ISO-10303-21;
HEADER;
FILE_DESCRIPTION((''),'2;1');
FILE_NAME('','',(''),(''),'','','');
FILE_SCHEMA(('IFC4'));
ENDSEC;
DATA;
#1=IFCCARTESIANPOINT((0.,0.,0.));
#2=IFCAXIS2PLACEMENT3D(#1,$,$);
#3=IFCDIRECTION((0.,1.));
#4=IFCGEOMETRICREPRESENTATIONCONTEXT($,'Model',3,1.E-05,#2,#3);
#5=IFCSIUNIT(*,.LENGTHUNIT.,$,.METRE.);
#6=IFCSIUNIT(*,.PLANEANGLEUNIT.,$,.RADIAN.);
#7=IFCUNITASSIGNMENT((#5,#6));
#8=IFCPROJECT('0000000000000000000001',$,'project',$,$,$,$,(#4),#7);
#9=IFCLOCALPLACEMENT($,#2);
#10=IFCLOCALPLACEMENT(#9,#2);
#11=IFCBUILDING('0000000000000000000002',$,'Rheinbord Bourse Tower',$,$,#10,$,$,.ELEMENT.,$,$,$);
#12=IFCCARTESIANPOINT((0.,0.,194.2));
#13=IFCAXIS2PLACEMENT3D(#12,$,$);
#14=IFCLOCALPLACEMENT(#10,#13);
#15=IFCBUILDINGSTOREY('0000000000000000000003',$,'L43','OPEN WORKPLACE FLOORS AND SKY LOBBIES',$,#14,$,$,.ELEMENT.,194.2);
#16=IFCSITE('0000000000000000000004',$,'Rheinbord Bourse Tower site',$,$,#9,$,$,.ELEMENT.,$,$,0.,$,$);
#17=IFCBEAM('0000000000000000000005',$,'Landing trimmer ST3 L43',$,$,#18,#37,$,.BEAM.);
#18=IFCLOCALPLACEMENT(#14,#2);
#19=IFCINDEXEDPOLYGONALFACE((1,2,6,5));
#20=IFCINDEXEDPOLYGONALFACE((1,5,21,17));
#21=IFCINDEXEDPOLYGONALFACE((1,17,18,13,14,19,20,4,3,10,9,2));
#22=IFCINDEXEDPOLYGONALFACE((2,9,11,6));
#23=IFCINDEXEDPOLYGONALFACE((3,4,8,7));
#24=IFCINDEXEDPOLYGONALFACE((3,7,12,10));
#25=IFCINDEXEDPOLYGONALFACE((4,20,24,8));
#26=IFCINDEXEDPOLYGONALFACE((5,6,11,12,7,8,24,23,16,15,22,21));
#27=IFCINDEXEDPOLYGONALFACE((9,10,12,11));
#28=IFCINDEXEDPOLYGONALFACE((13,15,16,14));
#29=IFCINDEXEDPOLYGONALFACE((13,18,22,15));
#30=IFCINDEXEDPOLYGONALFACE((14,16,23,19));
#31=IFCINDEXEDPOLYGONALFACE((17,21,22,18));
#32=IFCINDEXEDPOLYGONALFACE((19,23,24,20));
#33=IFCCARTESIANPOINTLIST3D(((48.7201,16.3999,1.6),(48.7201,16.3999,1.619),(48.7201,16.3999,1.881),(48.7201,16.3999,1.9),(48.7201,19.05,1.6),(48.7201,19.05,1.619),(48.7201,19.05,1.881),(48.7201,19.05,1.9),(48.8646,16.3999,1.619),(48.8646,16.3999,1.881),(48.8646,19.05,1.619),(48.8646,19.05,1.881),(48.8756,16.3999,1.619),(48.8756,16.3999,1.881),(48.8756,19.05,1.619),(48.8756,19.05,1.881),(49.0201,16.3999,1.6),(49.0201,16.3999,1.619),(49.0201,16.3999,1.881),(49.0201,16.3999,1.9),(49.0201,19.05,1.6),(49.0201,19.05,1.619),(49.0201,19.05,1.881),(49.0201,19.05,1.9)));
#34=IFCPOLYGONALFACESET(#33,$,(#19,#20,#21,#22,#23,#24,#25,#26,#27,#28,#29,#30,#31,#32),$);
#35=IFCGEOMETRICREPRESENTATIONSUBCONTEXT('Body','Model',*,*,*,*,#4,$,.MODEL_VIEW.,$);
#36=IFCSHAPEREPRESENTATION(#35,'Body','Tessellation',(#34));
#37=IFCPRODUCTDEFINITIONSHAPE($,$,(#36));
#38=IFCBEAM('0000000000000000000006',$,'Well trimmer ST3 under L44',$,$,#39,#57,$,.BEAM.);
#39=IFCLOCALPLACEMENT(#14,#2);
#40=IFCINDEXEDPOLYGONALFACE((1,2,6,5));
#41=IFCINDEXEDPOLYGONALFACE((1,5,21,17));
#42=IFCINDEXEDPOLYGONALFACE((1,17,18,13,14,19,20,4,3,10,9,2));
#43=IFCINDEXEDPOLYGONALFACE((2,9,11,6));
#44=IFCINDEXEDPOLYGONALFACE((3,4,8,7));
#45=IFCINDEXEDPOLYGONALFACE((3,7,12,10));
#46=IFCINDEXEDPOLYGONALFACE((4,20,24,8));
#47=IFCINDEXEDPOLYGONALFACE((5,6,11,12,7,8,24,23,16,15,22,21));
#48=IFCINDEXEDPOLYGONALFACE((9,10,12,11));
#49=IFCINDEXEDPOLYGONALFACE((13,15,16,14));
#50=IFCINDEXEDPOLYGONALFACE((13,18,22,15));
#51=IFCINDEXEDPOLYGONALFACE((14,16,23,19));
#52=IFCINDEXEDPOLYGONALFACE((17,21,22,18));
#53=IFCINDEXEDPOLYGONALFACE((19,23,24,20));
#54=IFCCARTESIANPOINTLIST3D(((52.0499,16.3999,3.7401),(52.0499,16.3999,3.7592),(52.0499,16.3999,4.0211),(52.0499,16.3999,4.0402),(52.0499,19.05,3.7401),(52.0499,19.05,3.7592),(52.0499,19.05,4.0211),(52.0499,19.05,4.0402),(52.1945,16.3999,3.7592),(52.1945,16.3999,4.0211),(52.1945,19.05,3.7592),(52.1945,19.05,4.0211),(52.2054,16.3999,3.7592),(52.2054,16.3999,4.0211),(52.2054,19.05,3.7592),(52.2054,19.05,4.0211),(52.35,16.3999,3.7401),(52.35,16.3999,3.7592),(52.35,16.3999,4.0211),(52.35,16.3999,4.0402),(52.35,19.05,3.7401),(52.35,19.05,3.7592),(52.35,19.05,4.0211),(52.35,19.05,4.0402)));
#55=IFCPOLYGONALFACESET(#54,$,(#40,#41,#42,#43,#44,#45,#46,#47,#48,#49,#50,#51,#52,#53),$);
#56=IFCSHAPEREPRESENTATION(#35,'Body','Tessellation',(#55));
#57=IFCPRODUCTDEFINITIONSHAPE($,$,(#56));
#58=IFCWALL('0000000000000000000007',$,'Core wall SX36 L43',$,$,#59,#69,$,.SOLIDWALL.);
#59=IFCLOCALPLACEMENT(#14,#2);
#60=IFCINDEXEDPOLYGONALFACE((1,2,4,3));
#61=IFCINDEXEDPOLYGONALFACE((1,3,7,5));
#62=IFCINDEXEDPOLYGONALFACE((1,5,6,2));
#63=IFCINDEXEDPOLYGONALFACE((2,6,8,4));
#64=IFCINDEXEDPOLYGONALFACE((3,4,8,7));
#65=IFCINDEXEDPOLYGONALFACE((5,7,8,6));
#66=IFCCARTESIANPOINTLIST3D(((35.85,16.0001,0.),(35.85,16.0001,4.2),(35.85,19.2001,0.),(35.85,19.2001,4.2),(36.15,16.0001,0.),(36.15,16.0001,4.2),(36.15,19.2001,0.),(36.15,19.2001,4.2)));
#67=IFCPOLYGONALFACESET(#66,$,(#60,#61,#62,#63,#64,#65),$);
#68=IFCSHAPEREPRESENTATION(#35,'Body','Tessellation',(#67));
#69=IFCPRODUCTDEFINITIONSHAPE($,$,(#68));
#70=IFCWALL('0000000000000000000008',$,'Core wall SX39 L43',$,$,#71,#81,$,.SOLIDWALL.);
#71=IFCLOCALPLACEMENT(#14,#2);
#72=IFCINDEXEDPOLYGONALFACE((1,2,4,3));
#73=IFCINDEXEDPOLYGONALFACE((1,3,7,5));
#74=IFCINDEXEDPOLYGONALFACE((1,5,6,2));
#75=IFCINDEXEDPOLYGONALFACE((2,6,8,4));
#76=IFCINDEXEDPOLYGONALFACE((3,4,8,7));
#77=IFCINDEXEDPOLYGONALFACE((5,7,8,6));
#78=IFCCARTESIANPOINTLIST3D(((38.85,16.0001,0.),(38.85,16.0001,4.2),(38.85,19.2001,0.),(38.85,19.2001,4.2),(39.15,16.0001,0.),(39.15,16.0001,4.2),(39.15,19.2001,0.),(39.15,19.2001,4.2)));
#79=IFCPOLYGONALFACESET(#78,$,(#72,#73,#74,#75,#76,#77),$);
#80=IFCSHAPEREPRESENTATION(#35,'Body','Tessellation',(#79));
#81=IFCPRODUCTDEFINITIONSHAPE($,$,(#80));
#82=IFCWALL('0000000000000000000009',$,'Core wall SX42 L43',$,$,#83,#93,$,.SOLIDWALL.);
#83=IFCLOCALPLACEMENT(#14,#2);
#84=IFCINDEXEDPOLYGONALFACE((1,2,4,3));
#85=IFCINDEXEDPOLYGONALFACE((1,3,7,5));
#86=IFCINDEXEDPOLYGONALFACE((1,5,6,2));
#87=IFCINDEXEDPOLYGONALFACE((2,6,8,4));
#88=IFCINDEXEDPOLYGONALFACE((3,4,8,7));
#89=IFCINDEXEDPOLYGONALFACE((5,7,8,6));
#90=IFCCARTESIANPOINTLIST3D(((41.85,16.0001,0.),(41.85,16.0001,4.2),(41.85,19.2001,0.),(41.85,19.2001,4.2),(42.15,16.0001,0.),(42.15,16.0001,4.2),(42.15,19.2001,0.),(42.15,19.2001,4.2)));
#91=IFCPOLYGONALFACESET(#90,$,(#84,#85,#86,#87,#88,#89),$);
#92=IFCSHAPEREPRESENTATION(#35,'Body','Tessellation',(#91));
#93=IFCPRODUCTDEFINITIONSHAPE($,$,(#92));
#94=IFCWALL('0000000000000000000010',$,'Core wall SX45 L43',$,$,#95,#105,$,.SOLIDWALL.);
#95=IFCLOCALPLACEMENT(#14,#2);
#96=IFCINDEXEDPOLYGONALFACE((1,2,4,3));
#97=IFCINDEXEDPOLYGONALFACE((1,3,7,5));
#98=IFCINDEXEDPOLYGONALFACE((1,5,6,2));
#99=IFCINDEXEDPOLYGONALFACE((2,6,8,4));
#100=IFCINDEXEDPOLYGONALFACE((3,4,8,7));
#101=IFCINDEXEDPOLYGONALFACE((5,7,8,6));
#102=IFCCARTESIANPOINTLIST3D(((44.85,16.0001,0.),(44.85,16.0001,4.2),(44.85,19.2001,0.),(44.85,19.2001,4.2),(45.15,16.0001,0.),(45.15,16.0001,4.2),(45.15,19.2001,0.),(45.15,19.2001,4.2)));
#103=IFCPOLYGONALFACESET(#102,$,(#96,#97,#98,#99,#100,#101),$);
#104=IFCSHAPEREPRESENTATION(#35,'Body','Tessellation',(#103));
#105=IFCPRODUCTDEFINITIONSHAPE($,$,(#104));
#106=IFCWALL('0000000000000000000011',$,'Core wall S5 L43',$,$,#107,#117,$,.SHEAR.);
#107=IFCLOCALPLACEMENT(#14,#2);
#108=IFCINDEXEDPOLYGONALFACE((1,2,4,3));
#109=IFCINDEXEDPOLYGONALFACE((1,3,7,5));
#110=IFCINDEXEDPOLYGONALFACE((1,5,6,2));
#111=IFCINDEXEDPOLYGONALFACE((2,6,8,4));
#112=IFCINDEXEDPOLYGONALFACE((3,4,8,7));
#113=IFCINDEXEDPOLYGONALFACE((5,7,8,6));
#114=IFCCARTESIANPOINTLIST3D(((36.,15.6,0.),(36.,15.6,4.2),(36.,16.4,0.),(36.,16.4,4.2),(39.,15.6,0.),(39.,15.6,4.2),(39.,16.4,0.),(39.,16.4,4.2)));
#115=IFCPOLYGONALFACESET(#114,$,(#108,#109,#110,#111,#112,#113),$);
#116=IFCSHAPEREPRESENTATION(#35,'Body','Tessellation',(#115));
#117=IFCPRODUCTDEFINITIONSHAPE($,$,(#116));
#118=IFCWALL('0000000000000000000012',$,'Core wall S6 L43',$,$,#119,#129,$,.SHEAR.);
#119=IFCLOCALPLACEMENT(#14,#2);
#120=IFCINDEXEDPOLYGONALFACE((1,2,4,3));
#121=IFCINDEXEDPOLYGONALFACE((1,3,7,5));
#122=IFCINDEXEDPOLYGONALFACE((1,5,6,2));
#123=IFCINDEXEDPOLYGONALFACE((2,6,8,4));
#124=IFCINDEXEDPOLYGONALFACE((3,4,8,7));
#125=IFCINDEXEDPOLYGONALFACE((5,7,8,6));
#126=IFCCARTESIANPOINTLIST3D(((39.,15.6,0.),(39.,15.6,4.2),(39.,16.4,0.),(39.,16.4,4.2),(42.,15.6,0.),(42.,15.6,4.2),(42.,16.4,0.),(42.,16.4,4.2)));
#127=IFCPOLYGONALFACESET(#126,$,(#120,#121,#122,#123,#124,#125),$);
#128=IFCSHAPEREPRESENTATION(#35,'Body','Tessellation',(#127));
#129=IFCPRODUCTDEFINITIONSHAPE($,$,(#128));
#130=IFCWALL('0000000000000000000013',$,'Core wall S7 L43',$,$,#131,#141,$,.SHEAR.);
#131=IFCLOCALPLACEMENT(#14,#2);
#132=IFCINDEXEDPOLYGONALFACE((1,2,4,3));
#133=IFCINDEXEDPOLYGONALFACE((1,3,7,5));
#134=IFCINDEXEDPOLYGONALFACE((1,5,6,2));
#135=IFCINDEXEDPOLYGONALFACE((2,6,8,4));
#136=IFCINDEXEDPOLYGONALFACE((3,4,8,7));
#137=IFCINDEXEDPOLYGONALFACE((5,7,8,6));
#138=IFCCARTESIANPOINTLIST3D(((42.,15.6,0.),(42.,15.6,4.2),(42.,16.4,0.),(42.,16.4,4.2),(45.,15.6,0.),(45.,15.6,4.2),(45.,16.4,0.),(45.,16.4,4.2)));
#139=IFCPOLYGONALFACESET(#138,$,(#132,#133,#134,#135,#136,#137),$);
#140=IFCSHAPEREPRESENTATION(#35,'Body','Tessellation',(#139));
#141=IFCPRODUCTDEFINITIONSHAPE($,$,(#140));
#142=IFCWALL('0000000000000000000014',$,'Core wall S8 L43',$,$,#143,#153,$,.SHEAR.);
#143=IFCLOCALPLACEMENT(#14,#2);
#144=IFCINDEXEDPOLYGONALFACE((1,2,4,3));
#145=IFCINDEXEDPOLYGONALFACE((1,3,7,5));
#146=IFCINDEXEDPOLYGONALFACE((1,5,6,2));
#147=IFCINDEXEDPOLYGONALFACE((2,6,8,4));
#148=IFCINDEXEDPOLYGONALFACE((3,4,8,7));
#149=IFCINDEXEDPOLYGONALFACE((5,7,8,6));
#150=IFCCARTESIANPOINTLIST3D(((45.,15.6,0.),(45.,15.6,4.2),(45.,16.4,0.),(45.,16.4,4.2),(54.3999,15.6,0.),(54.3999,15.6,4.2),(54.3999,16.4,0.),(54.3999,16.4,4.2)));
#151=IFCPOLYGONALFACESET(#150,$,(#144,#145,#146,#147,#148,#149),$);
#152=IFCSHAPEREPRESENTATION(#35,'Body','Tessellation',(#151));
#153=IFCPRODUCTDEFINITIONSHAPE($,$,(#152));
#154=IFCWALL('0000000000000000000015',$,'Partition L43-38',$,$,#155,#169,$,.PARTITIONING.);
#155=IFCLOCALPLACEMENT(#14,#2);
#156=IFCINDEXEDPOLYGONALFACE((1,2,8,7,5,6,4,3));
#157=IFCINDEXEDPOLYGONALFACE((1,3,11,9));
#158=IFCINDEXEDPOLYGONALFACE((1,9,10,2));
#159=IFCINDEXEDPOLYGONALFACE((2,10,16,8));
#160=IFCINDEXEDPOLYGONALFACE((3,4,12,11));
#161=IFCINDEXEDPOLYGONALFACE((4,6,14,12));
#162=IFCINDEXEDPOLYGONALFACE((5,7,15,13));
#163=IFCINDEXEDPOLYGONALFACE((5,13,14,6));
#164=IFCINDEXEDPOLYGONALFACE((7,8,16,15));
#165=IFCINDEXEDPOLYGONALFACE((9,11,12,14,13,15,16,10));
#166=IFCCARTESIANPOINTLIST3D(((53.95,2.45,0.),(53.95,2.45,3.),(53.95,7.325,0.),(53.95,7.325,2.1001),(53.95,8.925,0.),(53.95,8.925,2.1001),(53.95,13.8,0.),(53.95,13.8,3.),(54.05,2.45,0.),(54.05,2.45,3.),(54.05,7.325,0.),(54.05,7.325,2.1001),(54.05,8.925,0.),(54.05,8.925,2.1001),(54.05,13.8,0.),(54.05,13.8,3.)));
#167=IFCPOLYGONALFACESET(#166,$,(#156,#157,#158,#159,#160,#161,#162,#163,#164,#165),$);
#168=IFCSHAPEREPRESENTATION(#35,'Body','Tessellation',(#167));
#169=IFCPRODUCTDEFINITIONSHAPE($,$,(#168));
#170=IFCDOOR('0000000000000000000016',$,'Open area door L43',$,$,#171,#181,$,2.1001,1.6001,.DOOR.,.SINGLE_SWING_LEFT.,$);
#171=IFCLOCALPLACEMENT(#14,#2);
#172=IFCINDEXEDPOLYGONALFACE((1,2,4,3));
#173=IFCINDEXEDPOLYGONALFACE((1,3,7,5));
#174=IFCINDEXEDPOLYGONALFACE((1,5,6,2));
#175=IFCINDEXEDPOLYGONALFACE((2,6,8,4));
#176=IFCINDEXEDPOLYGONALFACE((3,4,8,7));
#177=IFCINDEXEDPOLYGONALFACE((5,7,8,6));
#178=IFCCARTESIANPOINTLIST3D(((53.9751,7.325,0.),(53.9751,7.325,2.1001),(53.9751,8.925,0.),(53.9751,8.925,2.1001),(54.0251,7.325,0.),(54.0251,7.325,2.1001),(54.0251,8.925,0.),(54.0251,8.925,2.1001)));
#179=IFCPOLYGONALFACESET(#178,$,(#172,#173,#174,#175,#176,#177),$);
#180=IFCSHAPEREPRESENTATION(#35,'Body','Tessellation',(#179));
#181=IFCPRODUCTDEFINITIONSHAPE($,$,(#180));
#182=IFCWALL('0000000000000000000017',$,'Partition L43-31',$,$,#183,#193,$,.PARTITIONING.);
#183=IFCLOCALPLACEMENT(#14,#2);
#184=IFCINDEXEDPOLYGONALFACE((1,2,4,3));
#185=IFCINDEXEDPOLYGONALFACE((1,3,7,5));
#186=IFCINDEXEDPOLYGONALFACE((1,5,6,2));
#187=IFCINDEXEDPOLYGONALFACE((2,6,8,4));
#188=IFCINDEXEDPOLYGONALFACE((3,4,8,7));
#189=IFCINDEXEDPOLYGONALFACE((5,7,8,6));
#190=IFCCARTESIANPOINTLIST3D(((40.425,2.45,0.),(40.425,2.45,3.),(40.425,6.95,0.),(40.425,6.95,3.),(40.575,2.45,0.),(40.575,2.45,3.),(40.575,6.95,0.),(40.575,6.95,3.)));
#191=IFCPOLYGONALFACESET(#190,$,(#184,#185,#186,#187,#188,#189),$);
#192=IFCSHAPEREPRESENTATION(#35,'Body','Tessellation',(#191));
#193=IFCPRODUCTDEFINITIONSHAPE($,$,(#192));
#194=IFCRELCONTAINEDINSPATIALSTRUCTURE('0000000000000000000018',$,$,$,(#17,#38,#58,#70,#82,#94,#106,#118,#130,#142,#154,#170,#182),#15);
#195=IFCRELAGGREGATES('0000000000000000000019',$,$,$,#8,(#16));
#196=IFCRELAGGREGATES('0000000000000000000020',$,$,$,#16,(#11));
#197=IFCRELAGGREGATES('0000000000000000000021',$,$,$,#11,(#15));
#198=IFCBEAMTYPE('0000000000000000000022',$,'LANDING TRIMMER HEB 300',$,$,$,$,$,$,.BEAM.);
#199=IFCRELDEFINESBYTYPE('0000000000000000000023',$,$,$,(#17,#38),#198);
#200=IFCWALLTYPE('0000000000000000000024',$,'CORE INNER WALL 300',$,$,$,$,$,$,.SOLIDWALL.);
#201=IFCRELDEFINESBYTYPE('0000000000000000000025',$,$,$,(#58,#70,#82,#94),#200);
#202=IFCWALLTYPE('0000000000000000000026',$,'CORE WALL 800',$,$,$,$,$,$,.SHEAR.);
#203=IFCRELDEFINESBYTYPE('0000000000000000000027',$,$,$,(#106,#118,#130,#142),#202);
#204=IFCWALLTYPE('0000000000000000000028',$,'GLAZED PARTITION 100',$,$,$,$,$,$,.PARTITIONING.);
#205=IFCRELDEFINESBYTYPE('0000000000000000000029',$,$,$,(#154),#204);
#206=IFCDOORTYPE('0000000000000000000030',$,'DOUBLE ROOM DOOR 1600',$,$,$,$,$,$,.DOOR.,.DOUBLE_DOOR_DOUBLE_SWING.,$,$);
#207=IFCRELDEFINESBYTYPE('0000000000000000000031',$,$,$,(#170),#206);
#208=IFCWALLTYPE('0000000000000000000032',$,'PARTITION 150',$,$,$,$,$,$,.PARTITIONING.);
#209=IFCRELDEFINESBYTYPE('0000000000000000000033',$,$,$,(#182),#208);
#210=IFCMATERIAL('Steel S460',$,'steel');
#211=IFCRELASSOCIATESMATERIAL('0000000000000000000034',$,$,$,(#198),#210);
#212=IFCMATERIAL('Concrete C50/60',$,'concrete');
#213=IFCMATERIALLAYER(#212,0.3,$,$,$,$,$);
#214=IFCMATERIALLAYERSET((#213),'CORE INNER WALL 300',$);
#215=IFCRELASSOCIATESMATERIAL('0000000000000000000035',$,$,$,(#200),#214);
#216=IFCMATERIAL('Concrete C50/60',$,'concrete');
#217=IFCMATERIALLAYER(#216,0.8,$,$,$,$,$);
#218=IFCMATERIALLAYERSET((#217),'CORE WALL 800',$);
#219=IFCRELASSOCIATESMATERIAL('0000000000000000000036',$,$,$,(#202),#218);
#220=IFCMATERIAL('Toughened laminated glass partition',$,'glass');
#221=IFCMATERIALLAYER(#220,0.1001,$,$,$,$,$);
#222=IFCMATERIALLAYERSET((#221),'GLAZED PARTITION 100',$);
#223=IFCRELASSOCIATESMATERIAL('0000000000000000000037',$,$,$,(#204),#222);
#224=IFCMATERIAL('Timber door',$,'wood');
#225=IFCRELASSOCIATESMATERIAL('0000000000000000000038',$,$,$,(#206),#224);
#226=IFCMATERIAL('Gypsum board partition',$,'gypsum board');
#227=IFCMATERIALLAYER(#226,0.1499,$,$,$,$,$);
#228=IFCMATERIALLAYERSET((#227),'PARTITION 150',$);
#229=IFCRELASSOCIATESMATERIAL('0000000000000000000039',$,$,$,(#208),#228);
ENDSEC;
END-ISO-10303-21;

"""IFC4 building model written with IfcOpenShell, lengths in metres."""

from ifc_helpers import new_model, si_unit, direction, frame, frame_2d, origin, origin_2d, place, context, subcontext, project, spatial, rectangle, i_section, extrude, material, layer, layer_set, material_profile, profile_set, type_object, element, fill, save


model = new_model("IFC4")

# Units and contexts
model_context = context("Model", 3, precision=1e-05, world=origin(), true_north=direction((0.0, 1.0)))
body_context = subcontext(model_context, "Body", "Model", "MODEL_VIEW")
ifc_project = project(units=[si_unit("LENGTHUNIT", "METRE"), si_unit("PLANEANGLEUNIT", "RADIAN")], contexts=[model_context])

# Site, building, storey
site_placement = place(None, origin())
site = spatial("IfcSite", under=ifc_project, at=site_placement, Name="Rheinbord Bourse Tower site", CompositionType="ELEMENT", RefElevation=0.0)
building_placement = place(site_placement, origin())
building = spatial("IfcBuilding", under=site, at=building_placement, Name="Rheinbord Bourse Tower", CompositionType="ELEMENT")
storey_placement = place(building_placement, frame((0.0, 0.0, 194.2)))
storey = spatial("IfcBuildingStorey", under=building, at=storey_placement, Name="L43", Description="OPEN WORKPLACE FLOORS AND SKY LOBBIES", CompositionType="ELEMENT", Elevation=194.2)

# Beams
ifc_material_1 = material(Name="Steel S460", Category="steel")
ifc_material_profile = material_profile(ifc_material_1, i_section(OverallWidth=0.3, OverallDepth=0.3, WebThickness=0.011, FlangeThickness=0.019, at=origin_2d()), Name="HEB 300")
ifc_profile_set = profile_set([ifc_material_profile], Name="Steel S460")
beam_type = type_object("IfcBeamType", Name="LANDING TRIMMER HEB 300", PredefinedType="BEAM", material=ifc_profile_set)
for number, where, z_axis, x_axis, name in (
    (1, (48.8701, 16.3999, 1.75), (0.0, 1.0, 0.0), (-1.0, 0.0, 0.0), "Landing trimmer ST3 L43"),
    (2, (52.2, 16.3999, 3.8901), (0.0, 1.0, 0.0), (-1.0, 0.0, 0.0), "Well trimmer ST3 under L44"),
):
    element("IfcBeam", number, at=place(storey_placement, frame(where, z_axis=z_axis, x_axis=x_axis)), inside=storey, type_object=beam_type, Name=name, PredefinedType="BEAM", context=body_context, shape_type="SweptSolid", body=[
        extrude(i_section(OverallWidth=0.3, OverallDepth=0.3, WebThickness=0.011, FlangeThickness=0.019, at=origin_2d()), origin(), (0.0, 0.0, 1.0), 2.6501),
    ])

# Walls
ifc_material_2 = material(Name="Concrete C50/60", Category="concrete")
ifc_layer_1 = layer(ifc_material_2, 0.3)
ifc_layer_set_1 = layer_set([ifc_layer_1], Name="CORE INNER WALL 300")
wall_type_1 = type_object("IfcWallType", Name="CORE INNER WALL 300", PredefinedType="SOLIDWALL", material=ifc_layer_set_1)
for number, where, z_axis, x_axis, name in (
    (3, (36.0, 16.0, 0.0), (0.0, 0.0, 1.0), (0.0, 1.0, 0.0), "Core wall SX36 L43"),
    (4, (39.0, 16.0, 0.0), (0.0, 0.0, 1.0), (0.0, 1.0, 0.0), "Core wall SX39 L43"),
    (5, (42.0, 16.0, 0.0), (0.0, 0.0, 1.0), (0.0, 1.0, 0.0), "Core wall SX42 L43"),
    (6, (45.0, 16.0, 0.0), (0.0, 0.0, 1.0), (0.0, 1.0, 0.0), "Core wall SX45 L43"),
):
    element("IfcWall", number, at=place(storey_placement, frame(where, z_axis=z_axis, x_axis=x_axis)), inside=storey, type_object=wall_type_1, Name=name, PredefinedType="SOLIDWALL", context=body_context, shape_type="SweptSolid", body=[
        extrude(rectangle(XDim=3.2, YDim=0.3, at=frame_2d((1.6001, 0.0))), origin(), (0.0, 0.0, 1.0), 4.2),
    ])
ifc_material_3 = material(Name="Concrete C50/60", Category="concrete")
ifc_layer_2 = layer(ifc_material_3, 0.8)
ifc_layer_set_2 = layer_set([ifc_layer_2], Name="CORE WALL 800")
wall_type_2 = type_object("IfcWallType", Name="CORE WALL 800", PredefinedType="SHEAR", material=ifc_layer_set_2)
for number, where, z_axis, x_axis, name in (
    (7, (36.0, 16.0, 0.0), (0.0, 0.0, 1.0), (1.0, 0.0, 0.0), "Core wall S5 L43"),
    (8, (39.0, 16.0, 0.0), (0.0, 0.0, 1.0), (1.0, 0.0, 0.0), "Core wall S6 L43"),
    (9, (42.0, 16.0, 0.0), (0.0, 0.0, 1.0), (1.0, 0.0, 0.0), "Core wall S7 L43"),
):
    element("IfcWall", number, at=place(storey_placement, frame(where, z_axis=z_axis, x_axis=x_axis)), inside=storey, type_object=wall_type_2, Name=name, PredefinedType="SHEAR", context=body_context, shape_type="SweptSolid", body=[
        extrude(rectangle(XDim=3.0, YDim=0.8, at=frame_2d((1.5, 0.0))), origin(), (0.0, 0.0, 1.0), 4.2),
    ])
wall_1_placement = place(storey_placement, frame((45.0, 16.0, 0.0), z_axis=(0.0, 0.0, 1.0), x_axis=(1.0, 0.0, 0.0)))
element("IfcWall", 10, at=wall_1_placement, inside=storey, type_object=wall_type_2, Name="Core wall S8 L43", PredefinedType="SHEAR", context=body_context, shape_type="SweptSolid", body=[
    extrude(rectangle(XDim=9.3999, YDim=0.8, at=frame_2d((4.7, 0.0))), origin(), (0.0, 0.0, 1.0), 4.2),
])

# Wall, opening, door
ifc_material_4 = material(Name="Toughened laminated glass partition", Category="glass")
ifc_layer_3 = layer(ifc_material_4, 0.1001)
ifc_layer_set_3 = layer_set([ifc_layer_3], Name="GLAZED PARTITION 100")
wall_type_3 = type_object("IfcWallType", Name="GLAZED PARTITION 100", PredefinedType="PARTITIONING", material=ifc_layer_set_3)
wall_2_placement = place(storey_placement, frame((54.0, 2.45, 0.0), z_axis=(0.0, 0.0, 1.0), x_axis=(0.0, 1.0, 0.0)))
wall_2 = element("IfcWall", 11, at=wall_2_placement, inside=storey, type_object=wall_type_3, Name="Partition L43-38", PredefinedType="PARTITIONING", context=body_context, shape_type="SweptSolid", body=[
    extrude(rectangle(XDim=11.3501, YDim=0.1001, at=frame_2d((5.675, 0.0))), origin(), (0.0, 0.0, 1.0), 3.0),
])
opening_placement = place(wall_2_placement, frame((4.875, 0.0, 0.0)))
opening = element("IfcOpeningElement", 12, at=opening_placement, cuts=wall_2, PredefinedType="OPENING", context=body_context, shape_type="SweptSolid", body=[
    extrude(rectangle(XDim=1.6001, YDim=2.1001, at=frame_2d((0.8, 1.05))), frame((0.0, 0.0601, 0.0), z_axis=(0.0, -1.0, 0.0), x_axis=(1.0, 0.0, 0.0)), (0.0, 0.0, 1.0), 0.1201),
])
ifc_material_5 = material(Name="Timber door", Category="wood")
door_type = type_object("IfcDoorType", Name="DOUBLE ROOM DOOR 1600", OperationType="DOUBLE_DOOR_DOUBLE_SWING", PredefinedType="DOOR", material=ifc_material_5)
door_placement = place(opening_placement, origin())
door = element("IfcDoor", 13, at=door_placement, inside=storey, type_object=door_type, Name="Open area door L43", OperationType="SINGLE_SWING_LEFT", OverallHeight=2.1001, OverallWidth=1.6001, PredefinedType="DOOR", context=body_context, shape_type="SweptSolid", body=[
    extrude(rectangle(XDim=1.6001, YDim=2.1001, at=frame_2d((0.8, 1.05))), frame((0.0, 0.0249, 0.0), z_axis=(0.0, -1.0, 0.0), x_axis=(1.0, 0.0, 0.0)), (0.0, 0.0, 1.0), 0.05),
])
fill(opening, door)

# Wall
ifc_material_6 = material(Name="Gypsum board partition", Category="gypsum board")
ifc_layer_4 = layer(ifc_material_6, 0.1499)
ifc_layer_set_4 = layer_set([ifc_layer_4], Name="PARTITION 150")
wall_type_4 = type_object("IfcWallType", Name="PARTITION 150", PredefinedType="PARTITIONING", material=ifc_layer_set_4)
for number, where, z_axis, x_axis, name in (
    (14, (40.5, 2.45, 0.0), (0.0, 0.0, 1.0), (0.0, 1.0, 0.0), "Partition L43-31"),
):
    element("IfcWall", number, at=place(storey_placement, frame(where, z_axis=z_axis, x_axis=x_axis)), inside=storey, type_object=wall_type_4, Name=name, PredefinedType="PARTITIONING", context=body_context, shape_type="SweptSolid", body=[
        extrude(rectangle(XDim=4.5, YDim=0.1499, at=frame_2d((2.25, 0.0))), origin(), (0.0, 0.0, 1.0), 3.0),
    ])

save(model, "model.ifc")
